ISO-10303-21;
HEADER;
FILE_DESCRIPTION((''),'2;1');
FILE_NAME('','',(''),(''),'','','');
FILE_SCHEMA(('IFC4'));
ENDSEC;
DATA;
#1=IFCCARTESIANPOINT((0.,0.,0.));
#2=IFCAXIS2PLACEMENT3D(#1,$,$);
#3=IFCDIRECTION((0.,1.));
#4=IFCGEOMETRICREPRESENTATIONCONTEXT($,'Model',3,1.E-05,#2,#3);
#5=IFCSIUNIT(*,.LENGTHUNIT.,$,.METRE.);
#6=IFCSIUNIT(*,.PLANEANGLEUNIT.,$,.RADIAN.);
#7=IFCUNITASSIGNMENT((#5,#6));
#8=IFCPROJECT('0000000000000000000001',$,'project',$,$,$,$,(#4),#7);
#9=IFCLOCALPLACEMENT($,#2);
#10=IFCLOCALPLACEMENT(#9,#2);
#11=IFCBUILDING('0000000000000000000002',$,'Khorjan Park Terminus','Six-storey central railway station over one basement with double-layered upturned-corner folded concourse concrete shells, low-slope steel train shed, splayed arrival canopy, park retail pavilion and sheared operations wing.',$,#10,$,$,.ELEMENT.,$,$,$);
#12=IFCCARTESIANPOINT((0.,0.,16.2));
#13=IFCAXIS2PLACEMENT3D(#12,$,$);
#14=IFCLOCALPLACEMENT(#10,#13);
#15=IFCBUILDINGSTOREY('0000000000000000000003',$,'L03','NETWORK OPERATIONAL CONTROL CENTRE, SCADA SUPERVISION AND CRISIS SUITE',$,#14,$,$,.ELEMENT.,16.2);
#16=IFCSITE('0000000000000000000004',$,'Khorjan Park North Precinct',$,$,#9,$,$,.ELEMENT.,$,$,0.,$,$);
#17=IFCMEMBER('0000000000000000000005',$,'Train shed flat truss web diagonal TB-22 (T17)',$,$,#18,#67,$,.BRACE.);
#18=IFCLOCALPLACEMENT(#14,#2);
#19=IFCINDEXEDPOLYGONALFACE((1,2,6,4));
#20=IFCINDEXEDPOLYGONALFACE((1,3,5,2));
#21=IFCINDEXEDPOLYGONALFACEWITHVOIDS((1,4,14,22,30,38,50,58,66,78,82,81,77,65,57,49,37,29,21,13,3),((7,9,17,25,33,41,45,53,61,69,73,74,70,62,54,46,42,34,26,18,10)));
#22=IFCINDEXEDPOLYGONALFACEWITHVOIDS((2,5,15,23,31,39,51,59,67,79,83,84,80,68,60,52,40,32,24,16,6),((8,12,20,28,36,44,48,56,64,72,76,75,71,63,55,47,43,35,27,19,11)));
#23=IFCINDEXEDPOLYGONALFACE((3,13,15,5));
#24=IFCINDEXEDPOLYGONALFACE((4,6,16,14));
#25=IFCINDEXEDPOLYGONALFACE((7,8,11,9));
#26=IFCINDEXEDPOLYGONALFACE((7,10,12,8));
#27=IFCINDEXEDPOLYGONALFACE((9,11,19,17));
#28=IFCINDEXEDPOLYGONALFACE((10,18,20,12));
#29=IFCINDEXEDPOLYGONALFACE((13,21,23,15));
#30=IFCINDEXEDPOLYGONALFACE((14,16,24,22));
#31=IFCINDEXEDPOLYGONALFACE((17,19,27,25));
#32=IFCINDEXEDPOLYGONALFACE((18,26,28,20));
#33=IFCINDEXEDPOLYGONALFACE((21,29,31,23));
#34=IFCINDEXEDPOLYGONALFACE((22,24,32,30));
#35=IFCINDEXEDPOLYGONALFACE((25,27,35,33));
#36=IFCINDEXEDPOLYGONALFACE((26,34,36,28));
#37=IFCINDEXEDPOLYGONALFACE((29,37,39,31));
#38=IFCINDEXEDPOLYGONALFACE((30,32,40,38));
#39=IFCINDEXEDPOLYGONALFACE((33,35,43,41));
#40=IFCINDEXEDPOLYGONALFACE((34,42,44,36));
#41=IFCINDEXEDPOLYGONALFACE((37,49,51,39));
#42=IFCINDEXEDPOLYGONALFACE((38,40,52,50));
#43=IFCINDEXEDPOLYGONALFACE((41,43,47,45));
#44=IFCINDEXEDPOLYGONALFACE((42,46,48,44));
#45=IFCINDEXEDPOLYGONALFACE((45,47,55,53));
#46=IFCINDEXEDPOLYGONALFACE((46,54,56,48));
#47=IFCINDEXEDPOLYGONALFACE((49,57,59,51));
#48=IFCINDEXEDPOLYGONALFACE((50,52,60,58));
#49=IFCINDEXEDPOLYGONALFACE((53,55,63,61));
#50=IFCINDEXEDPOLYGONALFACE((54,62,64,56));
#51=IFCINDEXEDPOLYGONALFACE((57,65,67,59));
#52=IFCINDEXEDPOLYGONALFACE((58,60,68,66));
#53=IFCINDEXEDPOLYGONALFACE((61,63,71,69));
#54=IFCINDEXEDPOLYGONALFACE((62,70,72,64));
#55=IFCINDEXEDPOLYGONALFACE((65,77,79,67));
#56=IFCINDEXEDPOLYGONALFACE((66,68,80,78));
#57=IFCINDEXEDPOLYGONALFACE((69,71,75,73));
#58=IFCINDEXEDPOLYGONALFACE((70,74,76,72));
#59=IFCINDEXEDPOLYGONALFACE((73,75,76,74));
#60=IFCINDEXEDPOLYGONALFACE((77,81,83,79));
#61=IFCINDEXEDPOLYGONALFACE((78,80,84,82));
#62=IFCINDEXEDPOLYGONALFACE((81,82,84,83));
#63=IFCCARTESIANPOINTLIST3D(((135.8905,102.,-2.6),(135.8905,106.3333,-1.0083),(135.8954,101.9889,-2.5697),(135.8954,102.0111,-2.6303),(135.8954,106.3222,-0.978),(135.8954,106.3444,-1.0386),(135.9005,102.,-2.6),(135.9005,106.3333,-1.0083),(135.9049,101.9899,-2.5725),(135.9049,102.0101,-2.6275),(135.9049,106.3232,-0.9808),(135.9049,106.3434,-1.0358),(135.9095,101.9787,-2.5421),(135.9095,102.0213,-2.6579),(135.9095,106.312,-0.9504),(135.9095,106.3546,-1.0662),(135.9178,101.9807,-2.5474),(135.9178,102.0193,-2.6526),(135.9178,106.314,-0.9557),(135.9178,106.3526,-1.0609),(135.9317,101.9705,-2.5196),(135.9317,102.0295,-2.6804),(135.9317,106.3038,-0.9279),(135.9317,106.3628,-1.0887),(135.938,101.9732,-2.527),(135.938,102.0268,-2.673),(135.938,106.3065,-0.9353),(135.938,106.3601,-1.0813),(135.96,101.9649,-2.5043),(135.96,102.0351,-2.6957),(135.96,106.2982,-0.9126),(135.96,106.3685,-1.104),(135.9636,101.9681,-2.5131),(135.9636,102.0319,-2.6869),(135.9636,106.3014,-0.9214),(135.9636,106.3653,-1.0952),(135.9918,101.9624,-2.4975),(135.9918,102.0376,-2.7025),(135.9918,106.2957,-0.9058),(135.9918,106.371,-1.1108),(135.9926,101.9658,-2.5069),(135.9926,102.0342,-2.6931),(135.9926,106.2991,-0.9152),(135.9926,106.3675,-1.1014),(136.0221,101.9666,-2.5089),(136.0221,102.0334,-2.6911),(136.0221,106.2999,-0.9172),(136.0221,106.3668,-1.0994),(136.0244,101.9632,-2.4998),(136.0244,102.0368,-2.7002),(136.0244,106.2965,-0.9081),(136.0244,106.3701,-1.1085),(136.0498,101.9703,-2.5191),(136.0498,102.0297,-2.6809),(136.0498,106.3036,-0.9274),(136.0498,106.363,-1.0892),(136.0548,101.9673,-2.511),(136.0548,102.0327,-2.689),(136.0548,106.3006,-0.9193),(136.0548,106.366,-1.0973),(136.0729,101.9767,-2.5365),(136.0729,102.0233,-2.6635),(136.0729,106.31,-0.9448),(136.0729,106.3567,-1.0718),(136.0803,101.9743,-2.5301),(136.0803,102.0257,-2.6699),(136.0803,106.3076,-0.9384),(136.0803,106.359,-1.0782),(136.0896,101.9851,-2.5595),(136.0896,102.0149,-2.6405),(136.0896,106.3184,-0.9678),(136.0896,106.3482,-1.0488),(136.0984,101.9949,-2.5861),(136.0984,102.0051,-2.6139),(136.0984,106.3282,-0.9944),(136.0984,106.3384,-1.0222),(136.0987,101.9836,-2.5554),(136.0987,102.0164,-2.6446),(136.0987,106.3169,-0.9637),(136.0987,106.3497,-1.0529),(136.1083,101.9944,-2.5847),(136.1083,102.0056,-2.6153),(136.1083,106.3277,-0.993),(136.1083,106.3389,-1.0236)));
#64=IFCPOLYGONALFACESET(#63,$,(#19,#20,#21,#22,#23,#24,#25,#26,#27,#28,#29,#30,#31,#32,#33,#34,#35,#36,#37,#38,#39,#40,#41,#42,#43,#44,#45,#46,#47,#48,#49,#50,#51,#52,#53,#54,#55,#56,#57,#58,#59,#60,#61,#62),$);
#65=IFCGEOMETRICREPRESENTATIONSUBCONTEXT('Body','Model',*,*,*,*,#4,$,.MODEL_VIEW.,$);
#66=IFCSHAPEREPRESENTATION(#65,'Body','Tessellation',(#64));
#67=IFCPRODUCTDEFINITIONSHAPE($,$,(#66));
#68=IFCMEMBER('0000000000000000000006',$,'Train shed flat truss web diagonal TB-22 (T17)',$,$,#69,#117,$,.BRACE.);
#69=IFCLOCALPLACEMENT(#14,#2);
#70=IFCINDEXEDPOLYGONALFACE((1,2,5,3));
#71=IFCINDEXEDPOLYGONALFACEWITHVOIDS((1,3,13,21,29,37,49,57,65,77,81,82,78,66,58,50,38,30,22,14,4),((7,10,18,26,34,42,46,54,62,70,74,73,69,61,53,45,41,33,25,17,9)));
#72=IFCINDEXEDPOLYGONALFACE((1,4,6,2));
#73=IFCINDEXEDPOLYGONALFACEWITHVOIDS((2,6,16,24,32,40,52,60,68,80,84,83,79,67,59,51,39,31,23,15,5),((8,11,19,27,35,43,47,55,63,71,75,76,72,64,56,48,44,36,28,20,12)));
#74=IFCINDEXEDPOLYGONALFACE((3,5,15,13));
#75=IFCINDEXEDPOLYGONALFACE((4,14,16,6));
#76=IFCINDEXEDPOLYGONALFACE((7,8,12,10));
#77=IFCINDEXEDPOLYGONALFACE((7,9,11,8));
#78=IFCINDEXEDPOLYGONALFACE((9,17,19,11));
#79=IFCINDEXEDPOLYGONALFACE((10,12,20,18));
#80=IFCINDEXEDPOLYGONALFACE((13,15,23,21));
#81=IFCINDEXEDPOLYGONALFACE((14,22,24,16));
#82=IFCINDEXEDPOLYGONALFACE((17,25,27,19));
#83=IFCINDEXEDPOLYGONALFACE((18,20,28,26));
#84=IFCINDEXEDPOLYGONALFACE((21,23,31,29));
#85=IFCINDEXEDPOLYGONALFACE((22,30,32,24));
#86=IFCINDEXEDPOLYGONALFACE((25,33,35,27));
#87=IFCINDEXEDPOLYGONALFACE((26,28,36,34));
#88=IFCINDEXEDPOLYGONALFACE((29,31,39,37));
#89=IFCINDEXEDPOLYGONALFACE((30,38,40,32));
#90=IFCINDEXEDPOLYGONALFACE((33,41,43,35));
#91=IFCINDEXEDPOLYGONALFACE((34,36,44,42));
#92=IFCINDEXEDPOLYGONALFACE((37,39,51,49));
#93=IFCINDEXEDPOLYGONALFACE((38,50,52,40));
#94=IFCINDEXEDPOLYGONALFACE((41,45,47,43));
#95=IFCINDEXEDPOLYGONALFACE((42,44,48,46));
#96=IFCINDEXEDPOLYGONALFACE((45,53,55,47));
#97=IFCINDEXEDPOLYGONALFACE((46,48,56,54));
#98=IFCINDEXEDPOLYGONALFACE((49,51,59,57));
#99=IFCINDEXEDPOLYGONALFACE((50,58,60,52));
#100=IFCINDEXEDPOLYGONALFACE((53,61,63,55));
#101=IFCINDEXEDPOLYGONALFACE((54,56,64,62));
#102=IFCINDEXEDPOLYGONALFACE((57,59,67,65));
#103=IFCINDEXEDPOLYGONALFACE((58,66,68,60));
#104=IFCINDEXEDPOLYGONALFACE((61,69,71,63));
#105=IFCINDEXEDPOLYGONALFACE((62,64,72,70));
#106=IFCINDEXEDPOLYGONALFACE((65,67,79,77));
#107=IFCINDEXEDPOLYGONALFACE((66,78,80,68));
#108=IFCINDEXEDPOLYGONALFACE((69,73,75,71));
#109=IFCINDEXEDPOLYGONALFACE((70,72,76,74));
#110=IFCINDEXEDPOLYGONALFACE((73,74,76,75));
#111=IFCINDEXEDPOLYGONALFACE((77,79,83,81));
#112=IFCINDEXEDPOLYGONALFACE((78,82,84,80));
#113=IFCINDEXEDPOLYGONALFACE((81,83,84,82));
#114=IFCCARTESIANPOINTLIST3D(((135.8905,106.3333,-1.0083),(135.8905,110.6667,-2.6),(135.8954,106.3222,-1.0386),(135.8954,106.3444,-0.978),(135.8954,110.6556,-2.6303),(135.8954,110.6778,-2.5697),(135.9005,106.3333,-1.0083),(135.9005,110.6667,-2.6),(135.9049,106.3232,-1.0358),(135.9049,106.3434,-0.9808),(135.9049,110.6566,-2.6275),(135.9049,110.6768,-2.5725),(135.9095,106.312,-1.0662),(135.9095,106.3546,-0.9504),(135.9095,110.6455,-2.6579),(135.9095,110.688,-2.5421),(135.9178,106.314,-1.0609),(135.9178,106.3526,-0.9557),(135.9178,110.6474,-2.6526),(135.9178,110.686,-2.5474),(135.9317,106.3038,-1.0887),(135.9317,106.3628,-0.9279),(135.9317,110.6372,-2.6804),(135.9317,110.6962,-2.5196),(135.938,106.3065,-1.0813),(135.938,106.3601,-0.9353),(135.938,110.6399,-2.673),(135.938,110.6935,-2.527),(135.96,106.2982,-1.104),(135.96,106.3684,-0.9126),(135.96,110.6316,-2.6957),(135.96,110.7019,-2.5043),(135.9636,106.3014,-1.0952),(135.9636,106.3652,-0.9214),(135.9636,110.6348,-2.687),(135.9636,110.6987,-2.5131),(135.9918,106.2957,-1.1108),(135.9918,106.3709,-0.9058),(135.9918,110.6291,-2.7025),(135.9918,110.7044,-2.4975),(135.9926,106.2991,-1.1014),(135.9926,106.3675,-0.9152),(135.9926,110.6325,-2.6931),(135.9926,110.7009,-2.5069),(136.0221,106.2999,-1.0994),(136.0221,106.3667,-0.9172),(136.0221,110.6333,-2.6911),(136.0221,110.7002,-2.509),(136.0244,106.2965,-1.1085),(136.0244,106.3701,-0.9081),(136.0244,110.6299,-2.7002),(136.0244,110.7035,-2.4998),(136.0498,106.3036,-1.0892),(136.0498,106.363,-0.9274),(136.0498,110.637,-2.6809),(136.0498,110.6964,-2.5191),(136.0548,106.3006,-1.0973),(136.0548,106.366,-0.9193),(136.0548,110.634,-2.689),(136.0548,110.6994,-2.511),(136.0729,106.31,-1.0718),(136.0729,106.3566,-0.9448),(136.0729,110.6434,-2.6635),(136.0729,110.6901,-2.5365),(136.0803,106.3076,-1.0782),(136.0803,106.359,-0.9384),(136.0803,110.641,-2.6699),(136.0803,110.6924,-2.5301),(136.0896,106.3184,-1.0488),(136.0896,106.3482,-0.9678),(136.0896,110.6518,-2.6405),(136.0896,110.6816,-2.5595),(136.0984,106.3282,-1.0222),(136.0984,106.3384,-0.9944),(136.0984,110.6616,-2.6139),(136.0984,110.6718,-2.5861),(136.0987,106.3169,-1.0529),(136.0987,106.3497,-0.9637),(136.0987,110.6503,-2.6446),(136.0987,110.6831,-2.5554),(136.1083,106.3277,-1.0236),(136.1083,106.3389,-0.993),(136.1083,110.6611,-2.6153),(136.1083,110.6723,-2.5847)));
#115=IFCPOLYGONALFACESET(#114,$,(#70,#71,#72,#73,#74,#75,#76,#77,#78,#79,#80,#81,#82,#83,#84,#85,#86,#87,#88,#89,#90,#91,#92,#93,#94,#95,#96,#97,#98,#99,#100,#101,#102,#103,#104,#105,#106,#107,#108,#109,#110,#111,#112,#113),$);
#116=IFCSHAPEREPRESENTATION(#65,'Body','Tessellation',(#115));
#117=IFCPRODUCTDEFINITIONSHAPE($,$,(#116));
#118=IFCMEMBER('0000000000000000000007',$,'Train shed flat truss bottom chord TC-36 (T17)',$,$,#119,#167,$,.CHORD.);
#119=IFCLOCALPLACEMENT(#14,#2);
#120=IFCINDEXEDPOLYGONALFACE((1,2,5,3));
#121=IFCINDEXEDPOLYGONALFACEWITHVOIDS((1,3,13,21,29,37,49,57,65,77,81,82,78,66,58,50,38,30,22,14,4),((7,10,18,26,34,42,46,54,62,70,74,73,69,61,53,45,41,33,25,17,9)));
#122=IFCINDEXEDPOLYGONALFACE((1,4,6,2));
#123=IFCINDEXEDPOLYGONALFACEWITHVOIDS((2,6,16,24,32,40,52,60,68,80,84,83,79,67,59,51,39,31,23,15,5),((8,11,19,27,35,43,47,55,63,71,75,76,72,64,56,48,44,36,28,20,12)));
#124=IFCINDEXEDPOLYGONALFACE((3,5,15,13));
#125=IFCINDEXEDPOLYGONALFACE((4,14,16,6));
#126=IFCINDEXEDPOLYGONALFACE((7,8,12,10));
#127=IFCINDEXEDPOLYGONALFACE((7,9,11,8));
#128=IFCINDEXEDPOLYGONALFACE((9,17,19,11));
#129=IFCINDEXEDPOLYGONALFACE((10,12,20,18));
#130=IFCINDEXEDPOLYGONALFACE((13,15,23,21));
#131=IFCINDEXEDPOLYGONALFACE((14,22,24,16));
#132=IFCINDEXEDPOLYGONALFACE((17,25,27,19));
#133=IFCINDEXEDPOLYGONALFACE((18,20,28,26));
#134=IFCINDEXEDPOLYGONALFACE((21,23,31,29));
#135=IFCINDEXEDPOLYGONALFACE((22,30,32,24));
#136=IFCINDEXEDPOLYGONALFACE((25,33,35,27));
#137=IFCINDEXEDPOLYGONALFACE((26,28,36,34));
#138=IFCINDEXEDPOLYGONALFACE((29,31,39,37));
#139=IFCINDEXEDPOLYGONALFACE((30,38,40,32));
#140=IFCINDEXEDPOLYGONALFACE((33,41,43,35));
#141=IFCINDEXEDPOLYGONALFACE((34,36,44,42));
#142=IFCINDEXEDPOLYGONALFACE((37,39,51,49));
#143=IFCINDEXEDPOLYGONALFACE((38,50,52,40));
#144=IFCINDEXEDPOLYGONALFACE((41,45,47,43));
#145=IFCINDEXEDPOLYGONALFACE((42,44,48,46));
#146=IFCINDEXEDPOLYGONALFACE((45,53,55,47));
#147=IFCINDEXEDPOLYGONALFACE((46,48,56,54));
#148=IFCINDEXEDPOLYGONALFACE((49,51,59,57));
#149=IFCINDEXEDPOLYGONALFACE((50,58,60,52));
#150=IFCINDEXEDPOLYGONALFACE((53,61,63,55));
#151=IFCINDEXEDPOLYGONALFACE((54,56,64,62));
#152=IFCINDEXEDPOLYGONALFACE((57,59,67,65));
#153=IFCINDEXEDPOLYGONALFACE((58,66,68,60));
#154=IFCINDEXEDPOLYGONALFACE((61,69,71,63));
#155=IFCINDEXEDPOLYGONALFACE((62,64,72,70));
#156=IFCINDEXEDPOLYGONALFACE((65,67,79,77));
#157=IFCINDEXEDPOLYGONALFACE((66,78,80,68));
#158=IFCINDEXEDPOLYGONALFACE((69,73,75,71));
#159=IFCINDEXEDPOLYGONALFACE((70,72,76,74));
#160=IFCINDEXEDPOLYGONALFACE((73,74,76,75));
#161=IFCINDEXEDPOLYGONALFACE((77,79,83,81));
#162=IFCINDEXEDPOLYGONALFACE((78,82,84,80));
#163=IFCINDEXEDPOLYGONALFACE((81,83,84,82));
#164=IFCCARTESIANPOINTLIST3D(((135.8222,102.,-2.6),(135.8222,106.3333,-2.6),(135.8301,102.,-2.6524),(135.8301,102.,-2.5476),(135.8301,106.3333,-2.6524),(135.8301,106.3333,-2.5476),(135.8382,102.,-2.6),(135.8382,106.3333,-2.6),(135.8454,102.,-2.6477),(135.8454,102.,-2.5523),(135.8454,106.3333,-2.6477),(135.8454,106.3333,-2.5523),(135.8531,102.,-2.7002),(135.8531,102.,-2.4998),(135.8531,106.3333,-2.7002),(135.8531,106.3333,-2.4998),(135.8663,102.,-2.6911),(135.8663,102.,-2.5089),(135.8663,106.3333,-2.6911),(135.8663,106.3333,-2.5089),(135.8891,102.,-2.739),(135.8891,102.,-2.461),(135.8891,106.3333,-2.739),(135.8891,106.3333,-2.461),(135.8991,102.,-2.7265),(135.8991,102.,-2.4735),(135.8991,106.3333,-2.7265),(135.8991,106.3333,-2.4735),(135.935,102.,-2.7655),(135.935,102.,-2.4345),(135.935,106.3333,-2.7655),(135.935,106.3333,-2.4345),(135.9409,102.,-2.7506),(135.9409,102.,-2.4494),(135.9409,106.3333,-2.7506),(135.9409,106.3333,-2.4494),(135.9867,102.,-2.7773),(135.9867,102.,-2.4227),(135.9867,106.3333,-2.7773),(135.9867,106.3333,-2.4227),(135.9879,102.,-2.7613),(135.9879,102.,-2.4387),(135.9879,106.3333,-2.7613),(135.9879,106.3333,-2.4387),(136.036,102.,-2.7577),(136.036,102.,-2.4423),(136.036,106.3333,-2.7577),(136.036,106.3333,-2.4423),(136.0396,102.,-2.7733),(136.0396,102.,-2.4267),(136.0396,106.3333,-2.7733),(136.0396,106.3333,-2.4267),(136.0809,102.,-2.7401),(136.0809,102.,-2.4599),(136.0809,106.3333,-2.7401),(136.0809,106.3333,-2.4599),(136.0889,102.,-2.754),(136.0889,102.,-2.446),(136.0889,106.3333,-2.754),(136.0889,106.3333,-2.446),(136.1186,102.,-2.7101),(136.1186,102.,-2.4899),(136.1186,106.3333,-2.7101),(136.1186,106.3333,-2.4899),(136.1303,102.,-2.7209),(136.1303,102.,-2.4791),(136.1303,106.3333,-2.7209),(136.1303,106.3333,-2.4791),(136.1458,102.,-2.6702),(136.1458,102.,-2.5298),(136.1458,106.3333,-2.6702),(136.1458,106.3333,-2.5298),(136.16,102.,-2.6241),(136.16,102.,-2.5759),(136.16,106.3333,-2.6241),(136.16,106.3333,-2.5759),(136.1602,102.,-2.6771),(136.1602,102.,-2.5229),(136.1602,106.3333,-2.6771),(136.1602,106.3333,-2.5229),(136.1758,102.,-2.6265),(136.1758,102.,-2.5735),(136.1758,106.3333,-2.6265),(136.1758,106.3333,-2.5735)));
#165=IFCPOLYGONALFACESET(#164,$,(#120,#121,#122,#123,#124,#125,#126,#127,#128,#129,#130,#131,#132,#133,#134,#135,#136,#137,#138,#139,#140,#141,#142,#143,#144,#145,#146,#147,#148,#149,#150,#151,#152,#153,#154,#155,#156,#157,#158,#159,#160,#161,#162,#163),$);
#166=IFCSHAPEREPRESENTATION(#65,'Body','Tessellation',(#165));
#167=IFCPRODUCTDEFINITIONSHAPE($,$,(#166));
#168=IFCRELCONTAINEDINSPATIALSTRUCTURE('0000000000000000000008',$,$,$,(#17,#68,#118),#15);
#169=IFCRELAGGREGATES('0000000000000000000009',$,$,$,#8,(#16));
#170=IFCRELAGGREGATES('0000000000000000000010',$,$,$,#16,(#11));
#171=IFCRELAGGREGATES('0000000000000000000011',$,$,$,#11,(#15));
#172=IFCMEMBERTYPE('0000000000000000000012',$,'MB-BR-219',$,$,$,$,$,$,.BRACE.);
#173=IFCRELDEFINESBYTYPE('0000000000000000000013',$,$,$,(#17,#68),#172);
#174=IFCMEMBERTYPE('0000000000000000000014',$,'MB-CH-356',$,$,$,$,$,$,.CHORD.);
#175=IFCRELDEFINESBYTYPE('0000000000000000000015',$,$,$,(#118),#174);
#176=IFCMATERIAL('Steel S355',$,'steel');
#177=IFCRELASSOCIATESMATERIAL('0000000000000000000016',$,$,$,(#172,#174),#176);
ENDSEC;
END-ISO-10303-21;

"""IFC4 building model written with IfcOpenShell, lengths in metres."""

from ifc_helpers import new_model, si_unit, direction, frame, origin, origin_2d, place, context, subcontext, project, spatial, hollow_circle, extrude, material, material_profile, profile_set, type_object, element, save


model = new_model("IFC4")

# Units and contexts
model_context = context("Model", 3, precision=1e-05, world=origin(), true_north=direction((0.0, 1.0)))
body_context = subcontext(model_context, "Body", "Model", "MODEL_VIEW")
ifc_project = project(units=[si_unit("LENGTHUNIT", "METRE"), si_unit("PLANEANGLEUNIT", "RADIAN")], contexts=[model_context])

# Site, building, storey
site_placement = place(None, origin())
site = spatial("IfcSite", under=ifc_project, at=site_placement, Name="Khorjan Park North Precinct", CompositionType="ELEMENT", RefElevation=0.0)
building_placement = place(site_placement, origin())
building = spatial("IfcBuilding", under=site, at=building_placement, Name="Khorjan Park Terminus", Description="Six-storey central railway station over one basement with double-layered upturned-corner folded concourse concrete shells, low-slope steel train shed, splayed arrival canopy, park retail pavilion and sheared operations wing.", CompositionType="ELEMENT")
storey_placement = place(building_placement, frame((0.0, 0.0, 16.2)))
storey = spatial("IfcBuildingStorey", under=building, at=storey_placement, Name="L03", Description="NETWORK OPERATIONAL CONTROL CENTRE, SCADA SUPERVISION AND CRISIS SUITE", CompositionType="ELEMENT", Elevation=16.2)

# Members
ifc_material = material(Name="Steel S355", Category="steel")
ifc_material_profile_1 = material_profile(ifc_material, hollow_circle(Radius=0.1095, WallThickness=0.01, at=origin_2d()), Name="CHS 219.1x10")
ifc_profile_set_1 = profile_set([ifc_material_profile_1], Name="Steel S355")
member_type_1 = type_object("IfcMemberType", Name="MB-BR-219", PredefinedType="BRACE", material=ifc_profile_set_1)
member_1_placement = place(storey_placement, frame((136.0, 102.0, -2.6), z_axis=(0.0, 0.938678, 0.344794), x_axis=(-1.0, 0.0, 0.0)))
element("IfcMember", 1, at=member_1_placement, inside=storey, type_object=member_type_1, Name="Train shed flat truss web diagonal TB-22 (T17)", PredefinedType="BRACE", context=body_context, shape_type="SweptSolid", body=[
    extrude(hollow_circle(Radius=0.1095, WallThickness=0.01, at=origin_2d()), origin(), (0.0, 0.0, 1.0), 4.6164),
])
member_2_placement = place(storey_placement, frame((136.0, 106.3333, -1.0083), z_axis=(0.0, 0.938681, -0.344787), x_axis=(-1.0, 0.0, 0.0)))
element("IfcMember", 2, at=member_2_placement, inside=storey, type_object=member_type_1, Name="Train shed flat truss web diagonal TB-22 (T17)", PredefinedType="BRACE", context=body_context, shape_type="SweptSolid", body=[
    extrude(hollow_circle(Radius=0.1095, WallThickness=0.01, at=origin_2d()), origin(), (0.0, 0.0, 1.0), 4.6165),
])
ifc_material_profile_2 = material_profile(ifc_material, hollow_circle(Radius=0.1778, WallThickness=0.016, at=origin_2d()), Name="CHS 355.6x16")
ifc_profile_set_2 = profile_set([ifc_material_profile_2], Name="Steel S355")
member_type_2 = type_object("IfcMemberType", Name="MB-CH-356", PredefinedType="CHORD", material=ifc_profile_set_2)
member_3_placement = place(storey_placement, frame((136.0, 102.0, -2.6), z_axis=(0.0, 1.0, 0.0), x_axis=(-1.0, 0.0, 0.0)))
element("IfcMember", 3, at=member_3_placement, inside=storey, type_object=member_type_2, Name="Train shed flat truss bottom chord TC-36 (T17)", PredefinedType="CHORD", context=body_context, shape_type="SweptSolid", body=[
    extrude(hollow_circle(Radius=0.1778, WallThickness=0.016, at=origin_2d()), origin(), (0.0, 0.0, 1.0), 4.3333),
])

save(model, "model.ifc")
